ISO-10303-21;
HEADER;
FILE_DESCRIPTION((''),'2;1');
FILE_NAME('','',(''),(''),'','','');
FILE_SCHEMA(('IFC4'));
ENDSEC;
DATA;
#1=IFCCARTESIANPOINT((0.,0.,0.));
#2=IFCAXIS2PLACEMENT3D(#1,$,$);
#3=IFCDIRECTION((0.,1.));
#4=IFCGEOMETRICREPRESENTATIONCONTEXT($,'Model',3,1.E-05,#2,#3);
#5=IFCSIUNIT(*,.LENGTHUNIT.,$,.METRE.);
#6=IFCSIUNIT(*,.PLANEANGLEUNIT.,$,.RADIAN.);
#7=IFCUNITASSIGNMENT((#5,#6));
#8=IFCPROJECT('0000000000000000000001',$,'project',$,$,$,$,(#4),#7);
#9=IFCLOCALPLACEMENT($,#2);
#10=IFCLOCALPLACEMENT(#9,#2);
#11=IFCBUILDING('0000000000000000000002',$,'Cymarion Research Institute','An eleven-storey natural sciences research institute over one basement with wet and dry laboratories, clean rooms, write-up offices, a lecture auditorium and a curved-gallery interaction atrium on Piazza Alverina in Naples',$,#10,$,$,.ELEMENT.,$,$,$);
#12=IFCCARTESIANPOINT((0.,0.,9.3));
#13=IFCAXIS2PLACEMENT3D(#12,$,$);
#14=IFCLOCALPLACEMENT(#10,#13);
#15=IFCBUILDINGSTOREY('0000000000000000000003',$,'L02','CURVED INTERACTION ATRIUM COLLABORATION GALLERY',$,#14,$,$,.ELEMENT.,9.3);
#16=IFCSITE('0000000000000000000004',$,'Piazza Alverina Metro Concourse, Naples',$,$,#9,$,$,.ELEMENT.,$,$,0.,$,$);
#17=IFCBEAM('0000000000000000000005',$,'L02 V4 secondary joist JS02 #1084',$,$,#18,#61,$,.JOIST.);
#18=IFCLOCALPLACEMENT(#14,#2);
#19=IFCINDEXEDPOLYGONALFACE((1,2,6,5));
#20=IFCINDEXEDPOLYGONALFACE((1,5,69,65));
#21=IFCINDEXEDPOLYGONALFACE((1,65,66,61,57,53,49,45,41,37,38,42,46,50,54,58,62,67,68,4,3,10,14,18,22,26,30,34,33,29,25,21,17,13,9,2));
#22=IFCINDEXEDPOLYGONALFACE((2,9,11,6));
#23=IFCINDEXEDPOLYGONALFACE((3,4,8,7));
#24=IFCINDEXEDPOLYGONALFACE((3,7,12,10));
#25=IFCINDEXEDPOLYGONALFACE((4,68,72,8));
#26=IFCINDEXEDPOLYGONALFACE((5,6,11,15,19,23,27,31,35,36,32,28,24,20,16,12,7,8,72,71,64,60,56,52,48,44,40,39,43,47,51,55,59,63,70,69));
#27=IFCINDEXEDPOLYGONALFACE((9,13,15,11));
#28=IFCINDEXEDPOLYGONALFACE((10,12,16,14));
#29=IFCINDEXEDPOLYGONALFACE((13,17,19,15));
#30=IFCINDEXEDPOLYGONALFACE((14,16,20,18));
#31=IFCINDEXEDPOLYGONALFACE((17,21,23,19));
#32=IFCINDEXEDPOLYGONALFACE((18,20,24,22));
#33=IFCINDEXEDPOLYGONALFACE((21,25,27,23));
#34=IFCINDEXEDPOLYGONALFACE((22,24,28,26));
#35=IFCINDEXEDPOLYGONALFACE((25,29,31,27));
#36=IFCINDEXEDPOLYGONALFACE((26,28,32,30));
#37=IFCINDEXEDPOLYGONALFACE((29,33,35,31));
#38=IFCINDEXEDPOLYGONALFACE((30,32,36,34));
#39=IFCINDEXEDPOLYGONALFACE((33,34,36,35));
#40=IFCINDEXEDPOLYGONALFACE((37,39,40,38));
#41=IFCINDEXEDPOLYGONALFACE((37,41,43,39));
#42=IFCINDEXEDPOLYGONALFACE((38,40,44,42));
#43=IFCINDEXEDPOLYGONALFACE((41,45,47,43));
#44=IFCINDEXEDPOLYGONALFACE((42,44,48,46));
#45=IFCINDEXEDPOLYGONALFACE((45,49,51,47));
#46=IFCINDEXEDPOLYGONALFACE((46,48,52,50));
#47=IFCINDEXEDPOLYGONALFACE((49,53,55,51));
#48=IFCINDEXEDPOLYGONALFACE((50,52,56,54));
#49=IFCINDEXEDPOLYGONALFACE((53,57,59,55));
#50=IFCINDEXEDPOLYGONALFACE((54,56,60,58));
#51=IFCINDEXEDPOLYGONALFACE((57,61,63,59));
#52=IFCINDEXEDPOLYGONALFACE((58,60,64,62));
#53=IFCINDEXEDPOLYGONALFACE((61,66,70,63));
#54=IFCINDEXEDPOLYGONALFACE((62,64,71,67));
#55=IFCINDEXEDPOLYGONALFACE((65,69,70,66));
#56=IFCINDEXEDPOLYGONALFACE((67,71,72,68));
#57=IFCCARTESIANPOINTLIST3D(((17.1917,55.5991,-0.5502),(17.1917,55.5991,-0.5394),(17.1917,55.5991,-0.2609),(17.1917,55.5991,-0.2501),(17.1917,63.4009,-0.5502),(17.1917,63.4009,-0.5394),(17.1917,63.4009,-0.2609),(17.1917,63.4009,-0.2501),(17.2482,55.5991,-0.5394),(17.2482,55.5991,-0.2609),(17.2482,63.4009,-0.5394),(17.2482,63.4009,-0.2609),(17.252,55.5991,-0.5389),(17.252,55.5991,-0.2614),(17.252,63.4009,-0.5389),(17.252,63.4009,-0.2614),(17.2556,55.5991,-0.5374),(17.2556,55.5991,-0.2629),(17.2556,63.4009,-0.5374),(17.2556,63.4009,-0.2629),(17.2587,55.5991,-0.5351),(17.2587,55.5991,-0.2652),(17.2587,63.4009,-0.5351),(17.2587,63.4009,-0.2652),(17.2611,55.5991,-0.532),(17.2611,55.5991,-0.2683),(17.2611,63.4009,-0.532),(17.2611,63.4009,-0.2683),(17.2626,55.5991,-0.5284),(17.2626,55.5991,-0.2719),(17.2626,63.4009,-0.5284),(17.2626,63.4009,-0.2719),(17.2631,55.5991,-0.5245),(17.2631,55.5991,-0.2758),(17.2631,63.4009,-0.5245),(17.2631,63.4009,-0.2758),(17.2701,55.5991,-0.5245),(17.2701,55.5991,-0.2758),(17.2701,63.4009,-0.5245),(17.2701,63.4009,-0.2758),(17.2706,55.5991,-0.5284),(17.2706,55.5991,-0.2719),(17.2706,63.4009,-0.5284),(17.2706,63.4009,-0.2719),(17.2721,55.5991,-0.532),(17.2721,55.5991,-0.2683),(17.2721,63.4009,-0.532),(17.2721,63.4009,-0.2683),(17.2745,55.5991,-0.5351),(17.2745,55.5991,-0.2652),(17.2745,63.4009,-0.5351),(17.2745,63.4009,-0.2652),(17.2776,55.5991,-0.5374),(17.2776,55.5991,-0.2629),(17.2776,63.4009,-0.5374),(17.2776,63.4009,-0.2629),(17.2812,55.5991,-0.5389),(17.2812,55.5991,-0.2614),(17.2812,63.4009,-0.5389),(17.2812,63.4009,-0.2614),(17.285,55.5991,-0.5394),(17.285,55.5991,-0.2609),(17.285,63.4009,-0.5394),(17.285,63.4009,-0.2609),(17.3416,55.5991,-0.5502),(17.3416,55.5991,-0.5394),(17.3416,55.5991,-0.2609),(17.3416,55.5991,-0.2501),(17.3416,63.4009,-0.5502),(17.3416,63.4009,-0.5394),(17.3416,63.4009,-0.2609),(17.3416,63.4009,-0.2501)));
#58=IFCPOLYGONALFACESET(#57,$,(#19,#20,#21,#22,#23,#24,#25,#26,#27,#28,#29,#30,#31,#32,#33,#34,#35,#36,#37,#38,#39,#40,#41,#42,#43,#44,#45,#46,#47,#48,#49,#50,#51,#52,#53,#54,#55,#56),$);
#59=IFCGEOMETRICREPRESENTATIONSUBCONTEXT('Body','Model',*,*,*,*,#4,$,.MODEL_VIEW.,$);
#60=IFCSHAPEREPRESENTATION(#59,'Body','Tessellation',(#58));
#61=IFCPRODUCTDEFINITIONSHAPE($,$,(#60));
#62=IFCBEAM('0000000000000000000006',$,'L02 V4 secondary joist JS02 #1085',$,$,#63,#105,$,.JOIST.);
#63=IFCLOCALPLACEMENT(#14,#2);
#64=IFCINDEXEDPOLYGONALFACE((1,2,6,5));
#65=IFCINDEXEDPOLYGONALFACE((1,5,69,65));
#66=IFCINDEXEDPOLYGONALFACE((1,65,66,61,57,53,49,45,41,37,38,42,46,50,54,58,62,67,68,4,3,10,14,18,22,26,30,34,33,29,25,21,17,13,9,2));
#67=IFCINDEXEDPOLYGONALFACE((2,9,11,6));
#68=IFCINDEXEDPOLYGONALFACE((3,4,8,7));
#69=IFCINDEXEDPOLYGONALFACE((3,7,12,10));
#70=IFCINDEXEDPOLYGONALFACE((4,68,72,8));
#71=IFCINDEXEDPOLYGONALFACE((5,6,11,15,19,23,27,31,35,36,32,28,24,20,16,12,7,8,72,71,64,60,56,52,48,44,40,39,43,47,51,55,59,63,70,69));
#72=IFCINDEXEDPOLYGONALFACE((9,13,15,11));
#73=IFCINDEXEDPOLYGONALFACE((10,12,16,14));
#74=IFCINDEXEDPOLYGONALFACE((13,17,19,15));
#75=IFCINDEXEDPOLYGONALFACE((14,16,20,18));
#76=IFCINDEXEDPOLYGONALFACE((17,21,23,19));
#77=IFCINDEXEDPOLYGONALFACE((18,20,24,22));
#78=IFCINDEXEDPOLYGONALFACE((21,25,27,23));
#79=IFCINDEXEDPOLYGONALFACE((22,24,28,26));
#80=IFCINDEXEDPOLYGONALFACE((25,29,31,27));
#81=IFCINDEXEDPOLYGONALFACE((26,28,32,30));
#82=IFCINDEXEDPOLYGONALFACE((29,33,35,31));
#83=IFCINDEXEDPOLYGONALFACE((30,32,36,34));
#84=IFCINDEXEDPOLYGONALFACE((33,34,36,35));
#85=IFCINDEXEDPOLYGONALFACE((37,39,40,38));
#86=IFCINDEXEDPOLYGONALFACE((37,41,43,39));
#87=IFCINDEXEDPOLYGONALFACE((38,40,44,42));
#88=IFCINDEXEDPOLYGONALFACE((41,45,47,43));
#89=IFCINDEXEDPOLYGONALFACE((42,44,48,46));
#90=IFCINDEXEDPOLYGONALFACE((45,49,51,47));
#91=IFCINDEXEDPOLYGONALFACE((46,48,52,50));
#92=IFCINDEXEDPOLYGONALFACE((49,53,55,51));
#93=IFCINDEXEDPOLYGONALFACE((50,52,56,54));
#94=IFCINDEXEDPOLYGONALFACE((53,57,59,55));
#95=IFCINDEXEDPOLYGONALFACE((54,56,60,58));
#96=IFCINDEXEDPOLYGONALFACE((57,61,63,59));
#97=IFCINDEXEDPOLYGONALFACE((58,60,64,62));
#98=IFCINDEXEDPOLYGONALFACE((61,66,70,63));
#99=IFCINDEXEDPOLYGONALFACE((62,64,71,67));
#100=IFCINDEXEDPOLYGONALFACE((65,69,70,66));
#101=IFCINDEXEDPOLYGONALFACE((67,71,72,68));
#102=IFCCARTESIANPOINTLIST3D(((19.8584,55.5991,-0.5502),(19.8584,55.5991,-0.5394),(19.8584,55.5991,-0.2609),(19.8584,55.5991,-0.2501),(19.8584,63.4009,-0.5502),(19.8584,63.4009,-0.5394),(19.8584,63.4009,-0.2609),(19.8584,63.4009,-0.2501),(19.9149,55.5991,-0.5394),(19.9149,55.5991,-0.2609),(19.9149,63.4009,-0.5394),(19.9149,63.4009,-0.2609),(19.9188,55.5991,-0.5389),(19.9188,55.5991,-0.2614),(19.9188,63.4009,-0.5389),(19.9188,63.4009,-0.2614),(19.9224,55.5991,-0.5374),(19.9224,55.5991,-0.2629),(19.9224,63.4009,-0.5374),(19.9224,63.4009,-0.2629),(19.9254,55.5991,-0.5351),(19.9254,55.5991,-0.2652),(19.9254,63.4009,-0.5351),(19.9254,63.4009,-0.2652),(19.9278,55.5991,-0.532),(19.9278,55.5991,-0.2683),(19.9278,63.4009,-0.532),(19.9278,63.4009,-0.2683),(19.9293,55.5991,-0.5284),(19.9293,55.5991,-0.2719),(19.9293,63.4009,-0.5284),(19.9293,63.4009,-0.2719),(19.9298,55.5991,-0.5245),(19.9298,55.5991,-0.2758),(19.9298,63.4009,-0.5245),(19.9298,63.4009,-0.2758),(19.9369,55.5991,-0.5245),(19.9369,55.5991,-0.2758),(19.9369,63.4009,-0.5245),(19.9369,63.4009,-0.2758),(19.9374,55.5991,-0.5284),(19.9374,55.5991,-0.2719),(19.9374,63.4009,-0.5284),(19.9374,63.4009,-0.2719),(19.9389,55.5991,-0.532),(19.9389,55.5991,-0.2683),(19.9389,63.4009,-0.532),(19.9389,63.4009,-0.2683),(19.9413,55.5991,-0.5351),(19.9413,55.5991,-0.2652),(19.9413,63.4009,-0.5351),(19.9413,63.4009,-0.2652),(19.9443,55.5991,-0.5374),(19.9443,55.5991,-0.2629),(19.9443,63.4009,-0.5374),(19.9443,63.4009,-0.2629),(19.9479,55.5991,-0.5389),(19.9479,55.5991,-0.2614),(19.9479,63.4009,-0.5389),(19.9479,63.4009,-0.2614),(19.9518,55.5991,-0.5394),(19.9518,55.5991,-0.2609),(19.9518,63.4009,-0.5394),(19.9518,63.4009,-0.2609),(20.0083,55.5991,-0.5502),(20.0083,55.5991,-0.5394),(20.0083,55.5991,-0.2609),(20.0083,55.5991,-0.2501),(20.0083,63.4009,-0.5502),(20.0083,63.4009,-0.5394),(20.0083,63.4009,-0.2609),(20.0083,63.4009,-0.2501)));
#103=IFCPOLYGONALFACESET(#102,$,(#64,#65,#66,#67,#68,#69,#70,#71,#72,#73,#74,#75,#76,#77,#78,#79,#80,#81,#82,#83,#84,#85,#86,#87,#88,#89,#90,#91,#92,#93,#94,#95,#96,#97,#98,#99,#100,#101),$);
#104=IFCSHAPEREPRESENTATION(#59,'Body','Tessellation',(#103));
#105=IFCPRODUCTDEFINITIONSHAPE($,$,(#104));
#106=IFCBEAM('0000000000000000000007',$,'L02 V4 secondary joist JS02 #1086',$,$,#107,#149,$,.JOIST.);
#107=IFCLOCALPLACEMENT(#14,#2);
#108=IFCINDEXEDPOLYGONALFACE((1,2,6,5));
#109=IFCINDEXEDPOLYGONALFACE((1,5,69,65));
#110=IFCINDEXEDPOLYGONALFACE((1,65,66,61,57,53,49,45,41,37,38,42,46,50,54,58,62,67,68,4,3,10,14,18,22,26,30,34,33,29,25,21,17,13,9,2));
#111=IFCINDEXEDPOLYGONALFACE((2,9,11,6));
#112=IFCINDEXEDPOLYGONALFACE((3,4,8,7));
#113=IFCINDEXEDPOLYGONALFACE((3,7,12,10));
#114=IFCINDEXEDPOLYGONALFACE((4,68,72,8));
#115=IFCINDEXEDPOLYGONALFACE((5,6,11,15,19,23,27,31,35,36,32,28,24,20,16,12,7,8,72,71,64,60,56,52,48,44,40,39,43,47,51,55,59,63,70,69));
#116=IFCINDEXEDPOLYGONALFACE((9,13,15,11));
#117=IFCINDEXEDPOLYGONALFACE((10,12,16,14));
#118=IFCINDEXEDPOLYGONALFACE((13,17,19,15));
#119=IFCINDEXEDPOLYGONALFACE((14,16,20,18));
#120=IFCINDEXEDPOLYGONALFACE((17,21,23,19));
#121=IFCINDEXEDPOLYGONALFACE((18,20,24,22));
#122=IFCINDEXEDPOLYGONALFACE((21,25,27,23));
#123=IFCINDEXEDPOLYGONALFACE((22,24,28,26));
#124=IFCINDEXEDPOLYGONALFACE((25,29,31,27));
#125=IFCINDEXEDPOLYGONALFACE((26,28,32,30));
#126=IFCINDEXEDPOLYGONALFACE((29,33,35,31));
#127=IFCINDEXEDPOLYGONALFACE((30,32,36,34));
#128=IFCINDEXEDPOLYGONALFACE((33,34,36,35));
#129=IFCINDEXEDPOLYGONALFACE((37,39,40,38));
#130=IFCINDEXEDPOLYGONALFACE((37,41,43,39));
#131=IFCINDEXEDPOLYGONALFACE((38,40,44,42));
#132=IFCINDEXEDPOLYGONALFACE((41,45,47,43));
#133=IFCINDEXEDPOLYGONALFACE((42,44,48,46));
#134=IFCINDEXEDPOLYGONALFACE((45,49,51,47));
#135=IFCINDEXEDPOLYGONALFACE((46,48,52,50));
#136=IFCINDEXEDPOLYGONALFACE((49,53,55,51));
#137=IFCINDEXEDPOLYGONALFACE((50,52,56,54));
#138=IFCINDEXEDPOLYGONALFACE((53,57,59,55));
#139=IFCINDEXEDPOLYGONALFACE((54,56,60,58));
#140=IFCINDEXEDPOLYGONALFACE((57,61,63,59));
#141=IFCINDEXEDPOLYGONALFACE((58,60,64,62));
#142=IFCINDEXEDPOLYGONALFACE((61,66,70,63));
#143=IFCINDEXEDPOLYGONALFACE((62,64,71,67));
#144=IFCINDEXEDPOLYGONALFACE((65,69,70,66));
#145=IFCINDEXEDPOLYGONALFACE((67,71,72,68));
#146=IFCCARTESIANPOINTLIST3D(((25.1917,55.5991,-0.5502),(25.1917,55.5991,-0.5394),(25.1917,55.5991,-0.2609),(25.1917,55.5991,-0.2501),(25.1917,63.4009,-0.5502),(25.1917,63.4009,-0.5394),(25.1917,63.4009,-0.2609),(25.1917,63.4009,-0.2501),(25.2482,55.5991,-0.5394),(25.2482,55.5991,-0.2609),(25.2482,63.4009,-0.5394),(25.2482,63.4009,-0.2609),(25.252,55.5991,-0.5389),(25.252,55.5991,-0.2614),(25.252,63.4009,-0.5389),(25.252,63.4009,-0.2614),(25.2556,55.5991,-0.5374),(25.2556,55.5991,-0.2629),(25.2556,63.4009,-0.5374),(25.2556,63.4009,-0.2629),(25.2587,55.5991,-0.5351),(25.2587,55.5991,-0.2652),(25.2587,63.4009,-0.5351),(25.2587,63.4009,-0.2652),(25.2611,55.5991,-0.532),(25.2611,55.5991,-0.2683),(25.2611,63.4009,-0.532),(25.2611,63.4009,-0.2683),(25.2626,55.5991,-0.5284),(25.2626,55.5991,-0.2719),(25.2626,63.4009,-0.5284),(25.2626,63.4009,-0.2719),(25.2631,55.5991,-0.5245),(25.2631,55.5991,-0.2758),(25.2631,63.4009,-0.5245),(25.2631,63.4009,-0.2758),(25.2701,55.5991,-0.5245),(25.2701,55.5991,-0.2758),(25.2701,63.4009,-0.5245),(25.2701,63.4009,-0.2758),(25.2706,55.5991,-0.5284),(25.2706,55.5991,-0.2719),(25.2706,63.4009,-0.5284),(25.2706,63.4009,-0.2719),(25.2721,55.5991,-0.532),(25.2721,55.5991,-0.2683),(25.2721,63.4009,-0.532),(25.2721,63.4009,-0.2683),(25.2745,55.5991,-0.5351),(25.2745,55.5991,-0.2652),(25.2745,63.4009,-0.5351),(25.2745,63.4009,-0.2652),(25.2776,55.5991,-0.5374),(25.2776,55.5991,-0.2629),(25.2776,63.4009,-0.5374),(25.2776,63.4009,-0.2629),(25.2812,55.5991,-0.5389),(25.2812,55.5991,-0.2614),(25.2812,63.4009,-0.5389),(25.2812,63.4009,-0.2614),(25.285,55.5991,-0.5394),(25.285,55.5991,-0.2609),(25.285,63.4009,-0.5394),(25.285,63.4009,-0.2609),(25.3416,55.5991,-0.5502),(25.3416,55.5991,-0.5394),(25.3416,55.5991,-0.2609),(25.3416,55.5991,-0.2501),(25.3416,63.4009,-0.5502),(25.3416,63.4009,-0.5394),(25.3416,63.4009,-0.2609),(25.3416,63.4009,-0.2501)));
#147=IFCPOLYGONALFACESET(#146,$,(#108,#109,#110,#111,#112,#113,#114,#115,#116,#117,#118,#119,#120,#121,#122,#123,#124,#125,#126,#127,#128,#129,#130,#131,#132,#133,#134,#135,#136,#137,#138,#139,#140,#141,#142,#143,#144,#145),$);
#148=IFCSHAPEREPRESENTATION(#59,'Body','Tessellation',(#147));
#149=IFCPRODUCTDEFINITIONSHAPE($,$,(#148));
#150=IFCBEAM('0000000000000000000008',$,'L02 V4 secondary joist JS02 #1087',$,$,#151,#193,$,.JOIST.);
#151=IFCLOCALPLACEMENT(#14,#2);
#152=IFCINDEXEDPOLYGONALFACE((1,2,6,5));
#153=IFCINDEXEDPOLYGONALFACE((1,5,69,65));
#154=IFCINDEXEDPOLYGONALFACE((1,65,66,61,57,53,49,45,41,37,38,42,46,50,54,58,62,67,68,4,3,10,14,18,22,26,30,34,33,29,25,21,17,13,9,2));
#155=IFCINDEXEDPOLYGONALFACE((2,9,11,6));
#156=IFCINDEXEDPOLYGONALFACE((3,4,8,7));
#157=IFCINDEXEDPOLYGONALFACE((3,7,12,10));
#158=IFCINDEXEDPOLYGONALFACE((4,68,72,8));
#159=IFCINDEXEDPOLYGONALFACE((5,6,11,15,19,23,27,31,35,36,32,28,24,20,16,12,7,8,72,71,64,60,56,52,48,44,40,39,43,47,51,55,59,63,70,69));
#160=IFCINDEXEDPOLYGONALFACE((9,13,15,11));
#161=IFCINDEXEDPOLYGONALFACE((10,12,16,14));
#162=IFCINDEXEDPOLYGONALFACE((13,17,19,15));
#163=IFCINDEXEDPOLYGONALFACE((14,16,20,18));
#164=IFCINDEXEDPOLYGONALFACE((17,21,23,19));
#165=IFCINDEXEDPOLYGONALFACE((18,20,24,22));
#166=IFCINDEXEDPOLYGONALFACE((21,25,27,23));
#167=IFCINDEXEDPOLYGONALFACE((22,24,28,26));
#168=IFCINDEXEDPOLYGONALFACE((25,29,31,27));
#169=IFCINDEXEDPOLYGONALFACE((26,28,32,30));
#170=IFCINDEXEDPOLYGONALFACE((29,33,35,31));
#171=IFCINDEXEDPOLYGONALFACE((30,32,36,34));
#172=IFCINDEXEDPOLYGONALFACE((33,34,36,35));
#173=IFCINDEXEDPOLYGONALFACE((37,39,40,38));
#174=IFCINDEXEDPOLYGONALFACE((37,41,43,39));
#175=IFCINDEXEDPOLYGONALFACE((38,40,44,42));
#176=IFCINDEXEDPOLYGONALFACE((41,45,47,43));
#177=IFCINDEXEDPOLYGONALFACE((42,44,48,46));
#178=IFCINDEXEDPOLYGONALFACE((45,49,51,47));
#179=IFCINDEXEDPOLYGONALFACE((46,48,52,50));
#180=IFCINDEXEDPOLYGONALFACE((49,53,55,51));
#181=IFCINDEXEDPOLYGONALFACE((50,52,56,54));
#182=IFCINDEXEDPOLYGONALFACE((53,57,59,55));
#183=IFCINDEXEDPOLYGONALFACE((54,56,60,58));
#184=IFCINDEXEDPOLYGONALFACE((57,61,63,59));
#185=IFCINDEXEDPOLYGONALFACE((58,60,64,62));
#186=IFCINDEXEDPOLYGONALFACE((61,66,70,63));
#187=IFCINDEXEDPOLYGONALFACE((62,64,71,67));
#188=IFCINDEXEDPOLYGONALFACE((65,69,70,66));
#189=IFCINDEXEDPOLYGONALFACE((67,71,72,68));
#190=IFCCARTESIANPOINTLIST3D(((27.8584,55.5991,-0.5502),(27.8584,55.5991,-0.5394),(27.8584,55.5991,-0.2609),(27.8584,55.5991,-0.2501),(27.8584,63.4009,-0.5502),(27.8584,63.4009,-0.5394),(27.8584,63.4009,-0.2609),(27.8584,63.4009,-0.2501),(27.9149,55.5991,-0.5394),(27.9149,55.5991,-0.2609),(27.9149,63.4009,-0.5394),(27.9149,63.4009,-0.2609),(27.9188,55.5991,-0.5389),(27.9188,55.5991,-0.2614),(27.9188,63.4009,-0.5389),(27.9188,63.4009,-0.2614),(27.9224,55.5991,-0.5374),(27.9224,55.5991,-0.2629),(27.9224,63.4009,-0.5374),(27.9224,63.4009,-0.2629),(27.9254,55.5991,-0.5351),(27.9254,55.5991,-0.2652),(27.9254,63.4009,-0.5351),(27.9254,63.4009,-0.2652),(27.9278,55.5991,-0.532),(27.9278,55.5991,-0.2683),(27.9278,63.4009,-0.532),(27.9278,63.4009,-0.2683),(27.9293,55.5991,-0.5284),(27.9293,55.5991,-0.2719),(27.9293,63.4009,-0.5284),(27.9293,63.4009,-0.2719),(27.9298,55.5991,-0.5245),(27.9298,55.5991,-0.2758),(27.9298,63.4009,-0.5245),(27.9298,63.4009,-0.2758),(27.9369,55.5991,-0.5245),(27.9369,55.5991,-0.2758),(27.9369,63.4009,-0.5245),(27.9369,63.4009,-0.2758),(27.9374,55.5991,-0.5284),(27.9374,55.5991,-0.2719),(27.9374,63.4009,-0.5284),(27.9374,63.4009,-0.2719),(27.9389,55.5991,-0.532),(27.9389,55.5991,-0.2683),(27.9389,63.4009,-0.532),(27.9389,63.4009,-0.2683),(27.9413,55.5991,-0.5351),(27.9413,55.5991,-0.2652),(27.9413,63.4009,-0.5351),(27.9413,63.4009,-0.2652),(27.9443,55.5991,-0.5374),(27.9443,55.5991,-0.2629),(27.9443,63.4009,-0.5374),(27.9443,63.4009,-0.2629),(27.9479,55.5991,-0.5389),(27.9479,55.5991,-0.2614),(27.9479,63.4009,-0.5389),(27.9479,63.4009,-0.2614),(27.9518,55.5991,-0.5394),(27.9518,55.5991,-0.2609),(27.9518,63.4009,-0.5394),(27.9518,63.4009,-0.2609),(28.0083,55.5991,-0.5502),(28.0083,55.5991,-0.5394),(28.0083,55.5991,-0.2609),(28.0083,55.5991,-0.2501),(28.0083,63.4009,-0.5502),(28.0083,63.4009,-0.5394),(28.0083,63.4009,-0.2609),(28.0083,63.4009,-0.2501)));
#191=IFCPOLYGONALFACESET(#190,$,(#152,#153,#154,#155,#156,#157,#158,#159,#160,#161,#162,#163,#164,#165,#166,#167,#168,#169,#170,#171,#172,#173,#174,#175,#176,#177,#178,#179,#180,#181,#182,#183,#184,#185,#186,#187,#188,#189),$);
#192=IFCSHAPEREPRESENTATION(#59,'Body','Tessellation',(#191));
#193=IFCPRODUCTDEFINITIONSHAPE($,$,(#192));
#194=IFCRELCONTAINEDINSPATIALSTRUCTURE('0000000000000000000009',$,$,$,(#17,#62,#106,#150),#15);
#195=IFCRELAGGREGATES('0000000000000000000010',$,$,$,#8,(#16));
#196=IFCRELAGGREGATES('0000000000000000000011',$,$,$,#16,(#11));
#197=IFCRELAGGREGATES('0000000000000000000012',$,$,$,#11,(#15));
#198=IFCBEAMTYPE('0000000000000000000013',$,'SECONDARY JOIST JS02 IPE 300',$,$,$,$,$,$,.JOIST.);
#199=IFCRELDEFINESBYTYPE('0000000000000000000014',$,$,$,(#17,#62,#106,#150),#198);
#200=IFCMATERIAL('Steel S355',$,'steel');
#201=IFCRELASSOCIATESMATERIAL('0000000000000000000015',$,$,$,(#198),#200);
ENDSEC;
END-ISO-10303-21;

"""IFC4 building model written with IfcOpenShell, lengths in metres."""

from ifc_helpers import new_model, si_unit, direction, frame, origin, origin_2d, place, context, subcontext, project, spatial, i_section, extrude, material, material_profile, profile_set, type_object, element, save


model = new_model("IFC4")

# Units and contexts
model_context = context("Model", 3, precision=1e-05, world=origin(), true_north=direction((0.0, 1.0)))
body_context = subcontext(model_context, "Body", "Model", "MODEL_VIEW")
ifc_project = project(units=[si_unit("LENGTHUNIT", "METRE"), si_unit("PLANEANGLEUNIT", "RADIAN")], contexts=[model_context])

# Site, building, storey
site_placement = place(None, origin())
site = spatial("IfcSite", under=ifc_project, at=site_placement, Name="Piazza Alverina Metro Concourse, Naples", CompositionType="ELEMENT", RefElevation=0.0)
building_placement = place(site_placement, origin())
building = spatial("IfcBuilding", under=site, at=building_placement, Name="Cymarion Research Institute", Description="An eleven-storey natural sciences research institute over one basement with wet and dry laboratories, clean rooms, write-up offices, a lecture auditorium and a curved-gallery interaction atrium on Piazza Alverina in Naples", CompositionType="ELEMENT")
storey_placement = place(building_placement, frame((0.0, 0.0, 9.3)))
storey = spatial("IfcBuildingStorey", under=building, at=storey_placement, Name="L02", Description="CURVED INTERACTION ATRIUM COLLABORATION GALLERY", CompositionType="ELEMENT", Elevation=9.3)

# Shared definitions
ifc_material_1 = material(Name="Steel S355", Category="steel")

# Beams
ifc_material_profile_1 = material_profile(ifc_material_1, i_section(OverallWidth=0.1499, OverallDepth=0.3, WebThickness=0.0071, FlangeThickness=0.0107, FilletRadius=0.0149, at=origin_2d()), Name="IPE 300")
ifc_profile_set_1 = profile_set([ifc_material_profile_1], Name="Steel S355")
beam_type_1 = type_object("IfcBeamType", Name="SECONDARY JOIST JS02 IPE 300", PredefinedType="JOIST", material=ifc_profile_set_1)
for number, where, z_axis, x_axis, name in (
    (1, (17.2666, 55.5991, -0.4001), (0.0, 1.0, 0.0), (-1.0, 0.0, 0.0), "L02 V4 secondary joist JS02 #1084"),
    (2, (19.9333, 55.5991, -0.4001), (0.0, 1.0, 0.0), (-1.0, 0.0, 0.0), "L02 V4 secondary joist JS02 #1085"),
    (3, (25.2666, 55.5991, -0.4001), (0.0, 1.0, 0.0), (-1.0, 0.0, 0.0), "L02 V4 secondary joist JS02 #1086"),
    (4, (27.9333, 55.5991, -0.4001), (0.0, 1.0, 0.0), (-1.0, 0.0, 0.0), "L02 V4 secondary joist JS02 #1087"),
):
    element("IfcBeam", number, at=place(storey_placement, frame(where, z_axis=z_axis, x_axis=x_axis)), inside=storey, type_object=beam_type_1, Name=name, PredefinedType="JOIST", context=body_context, shape_type="SweptSolid", body=[
        extrude(i_section(OverallWidth=0.1499, OverallDepth=0.3, WebThickness=0.0071, FlangeThickness=0.0107, FilletRadius=0.0149, at=origin_2d()), origin(), (0.0, 0.0, 1.0), 7.8018),
    ])

save(model, "model.ifc")
